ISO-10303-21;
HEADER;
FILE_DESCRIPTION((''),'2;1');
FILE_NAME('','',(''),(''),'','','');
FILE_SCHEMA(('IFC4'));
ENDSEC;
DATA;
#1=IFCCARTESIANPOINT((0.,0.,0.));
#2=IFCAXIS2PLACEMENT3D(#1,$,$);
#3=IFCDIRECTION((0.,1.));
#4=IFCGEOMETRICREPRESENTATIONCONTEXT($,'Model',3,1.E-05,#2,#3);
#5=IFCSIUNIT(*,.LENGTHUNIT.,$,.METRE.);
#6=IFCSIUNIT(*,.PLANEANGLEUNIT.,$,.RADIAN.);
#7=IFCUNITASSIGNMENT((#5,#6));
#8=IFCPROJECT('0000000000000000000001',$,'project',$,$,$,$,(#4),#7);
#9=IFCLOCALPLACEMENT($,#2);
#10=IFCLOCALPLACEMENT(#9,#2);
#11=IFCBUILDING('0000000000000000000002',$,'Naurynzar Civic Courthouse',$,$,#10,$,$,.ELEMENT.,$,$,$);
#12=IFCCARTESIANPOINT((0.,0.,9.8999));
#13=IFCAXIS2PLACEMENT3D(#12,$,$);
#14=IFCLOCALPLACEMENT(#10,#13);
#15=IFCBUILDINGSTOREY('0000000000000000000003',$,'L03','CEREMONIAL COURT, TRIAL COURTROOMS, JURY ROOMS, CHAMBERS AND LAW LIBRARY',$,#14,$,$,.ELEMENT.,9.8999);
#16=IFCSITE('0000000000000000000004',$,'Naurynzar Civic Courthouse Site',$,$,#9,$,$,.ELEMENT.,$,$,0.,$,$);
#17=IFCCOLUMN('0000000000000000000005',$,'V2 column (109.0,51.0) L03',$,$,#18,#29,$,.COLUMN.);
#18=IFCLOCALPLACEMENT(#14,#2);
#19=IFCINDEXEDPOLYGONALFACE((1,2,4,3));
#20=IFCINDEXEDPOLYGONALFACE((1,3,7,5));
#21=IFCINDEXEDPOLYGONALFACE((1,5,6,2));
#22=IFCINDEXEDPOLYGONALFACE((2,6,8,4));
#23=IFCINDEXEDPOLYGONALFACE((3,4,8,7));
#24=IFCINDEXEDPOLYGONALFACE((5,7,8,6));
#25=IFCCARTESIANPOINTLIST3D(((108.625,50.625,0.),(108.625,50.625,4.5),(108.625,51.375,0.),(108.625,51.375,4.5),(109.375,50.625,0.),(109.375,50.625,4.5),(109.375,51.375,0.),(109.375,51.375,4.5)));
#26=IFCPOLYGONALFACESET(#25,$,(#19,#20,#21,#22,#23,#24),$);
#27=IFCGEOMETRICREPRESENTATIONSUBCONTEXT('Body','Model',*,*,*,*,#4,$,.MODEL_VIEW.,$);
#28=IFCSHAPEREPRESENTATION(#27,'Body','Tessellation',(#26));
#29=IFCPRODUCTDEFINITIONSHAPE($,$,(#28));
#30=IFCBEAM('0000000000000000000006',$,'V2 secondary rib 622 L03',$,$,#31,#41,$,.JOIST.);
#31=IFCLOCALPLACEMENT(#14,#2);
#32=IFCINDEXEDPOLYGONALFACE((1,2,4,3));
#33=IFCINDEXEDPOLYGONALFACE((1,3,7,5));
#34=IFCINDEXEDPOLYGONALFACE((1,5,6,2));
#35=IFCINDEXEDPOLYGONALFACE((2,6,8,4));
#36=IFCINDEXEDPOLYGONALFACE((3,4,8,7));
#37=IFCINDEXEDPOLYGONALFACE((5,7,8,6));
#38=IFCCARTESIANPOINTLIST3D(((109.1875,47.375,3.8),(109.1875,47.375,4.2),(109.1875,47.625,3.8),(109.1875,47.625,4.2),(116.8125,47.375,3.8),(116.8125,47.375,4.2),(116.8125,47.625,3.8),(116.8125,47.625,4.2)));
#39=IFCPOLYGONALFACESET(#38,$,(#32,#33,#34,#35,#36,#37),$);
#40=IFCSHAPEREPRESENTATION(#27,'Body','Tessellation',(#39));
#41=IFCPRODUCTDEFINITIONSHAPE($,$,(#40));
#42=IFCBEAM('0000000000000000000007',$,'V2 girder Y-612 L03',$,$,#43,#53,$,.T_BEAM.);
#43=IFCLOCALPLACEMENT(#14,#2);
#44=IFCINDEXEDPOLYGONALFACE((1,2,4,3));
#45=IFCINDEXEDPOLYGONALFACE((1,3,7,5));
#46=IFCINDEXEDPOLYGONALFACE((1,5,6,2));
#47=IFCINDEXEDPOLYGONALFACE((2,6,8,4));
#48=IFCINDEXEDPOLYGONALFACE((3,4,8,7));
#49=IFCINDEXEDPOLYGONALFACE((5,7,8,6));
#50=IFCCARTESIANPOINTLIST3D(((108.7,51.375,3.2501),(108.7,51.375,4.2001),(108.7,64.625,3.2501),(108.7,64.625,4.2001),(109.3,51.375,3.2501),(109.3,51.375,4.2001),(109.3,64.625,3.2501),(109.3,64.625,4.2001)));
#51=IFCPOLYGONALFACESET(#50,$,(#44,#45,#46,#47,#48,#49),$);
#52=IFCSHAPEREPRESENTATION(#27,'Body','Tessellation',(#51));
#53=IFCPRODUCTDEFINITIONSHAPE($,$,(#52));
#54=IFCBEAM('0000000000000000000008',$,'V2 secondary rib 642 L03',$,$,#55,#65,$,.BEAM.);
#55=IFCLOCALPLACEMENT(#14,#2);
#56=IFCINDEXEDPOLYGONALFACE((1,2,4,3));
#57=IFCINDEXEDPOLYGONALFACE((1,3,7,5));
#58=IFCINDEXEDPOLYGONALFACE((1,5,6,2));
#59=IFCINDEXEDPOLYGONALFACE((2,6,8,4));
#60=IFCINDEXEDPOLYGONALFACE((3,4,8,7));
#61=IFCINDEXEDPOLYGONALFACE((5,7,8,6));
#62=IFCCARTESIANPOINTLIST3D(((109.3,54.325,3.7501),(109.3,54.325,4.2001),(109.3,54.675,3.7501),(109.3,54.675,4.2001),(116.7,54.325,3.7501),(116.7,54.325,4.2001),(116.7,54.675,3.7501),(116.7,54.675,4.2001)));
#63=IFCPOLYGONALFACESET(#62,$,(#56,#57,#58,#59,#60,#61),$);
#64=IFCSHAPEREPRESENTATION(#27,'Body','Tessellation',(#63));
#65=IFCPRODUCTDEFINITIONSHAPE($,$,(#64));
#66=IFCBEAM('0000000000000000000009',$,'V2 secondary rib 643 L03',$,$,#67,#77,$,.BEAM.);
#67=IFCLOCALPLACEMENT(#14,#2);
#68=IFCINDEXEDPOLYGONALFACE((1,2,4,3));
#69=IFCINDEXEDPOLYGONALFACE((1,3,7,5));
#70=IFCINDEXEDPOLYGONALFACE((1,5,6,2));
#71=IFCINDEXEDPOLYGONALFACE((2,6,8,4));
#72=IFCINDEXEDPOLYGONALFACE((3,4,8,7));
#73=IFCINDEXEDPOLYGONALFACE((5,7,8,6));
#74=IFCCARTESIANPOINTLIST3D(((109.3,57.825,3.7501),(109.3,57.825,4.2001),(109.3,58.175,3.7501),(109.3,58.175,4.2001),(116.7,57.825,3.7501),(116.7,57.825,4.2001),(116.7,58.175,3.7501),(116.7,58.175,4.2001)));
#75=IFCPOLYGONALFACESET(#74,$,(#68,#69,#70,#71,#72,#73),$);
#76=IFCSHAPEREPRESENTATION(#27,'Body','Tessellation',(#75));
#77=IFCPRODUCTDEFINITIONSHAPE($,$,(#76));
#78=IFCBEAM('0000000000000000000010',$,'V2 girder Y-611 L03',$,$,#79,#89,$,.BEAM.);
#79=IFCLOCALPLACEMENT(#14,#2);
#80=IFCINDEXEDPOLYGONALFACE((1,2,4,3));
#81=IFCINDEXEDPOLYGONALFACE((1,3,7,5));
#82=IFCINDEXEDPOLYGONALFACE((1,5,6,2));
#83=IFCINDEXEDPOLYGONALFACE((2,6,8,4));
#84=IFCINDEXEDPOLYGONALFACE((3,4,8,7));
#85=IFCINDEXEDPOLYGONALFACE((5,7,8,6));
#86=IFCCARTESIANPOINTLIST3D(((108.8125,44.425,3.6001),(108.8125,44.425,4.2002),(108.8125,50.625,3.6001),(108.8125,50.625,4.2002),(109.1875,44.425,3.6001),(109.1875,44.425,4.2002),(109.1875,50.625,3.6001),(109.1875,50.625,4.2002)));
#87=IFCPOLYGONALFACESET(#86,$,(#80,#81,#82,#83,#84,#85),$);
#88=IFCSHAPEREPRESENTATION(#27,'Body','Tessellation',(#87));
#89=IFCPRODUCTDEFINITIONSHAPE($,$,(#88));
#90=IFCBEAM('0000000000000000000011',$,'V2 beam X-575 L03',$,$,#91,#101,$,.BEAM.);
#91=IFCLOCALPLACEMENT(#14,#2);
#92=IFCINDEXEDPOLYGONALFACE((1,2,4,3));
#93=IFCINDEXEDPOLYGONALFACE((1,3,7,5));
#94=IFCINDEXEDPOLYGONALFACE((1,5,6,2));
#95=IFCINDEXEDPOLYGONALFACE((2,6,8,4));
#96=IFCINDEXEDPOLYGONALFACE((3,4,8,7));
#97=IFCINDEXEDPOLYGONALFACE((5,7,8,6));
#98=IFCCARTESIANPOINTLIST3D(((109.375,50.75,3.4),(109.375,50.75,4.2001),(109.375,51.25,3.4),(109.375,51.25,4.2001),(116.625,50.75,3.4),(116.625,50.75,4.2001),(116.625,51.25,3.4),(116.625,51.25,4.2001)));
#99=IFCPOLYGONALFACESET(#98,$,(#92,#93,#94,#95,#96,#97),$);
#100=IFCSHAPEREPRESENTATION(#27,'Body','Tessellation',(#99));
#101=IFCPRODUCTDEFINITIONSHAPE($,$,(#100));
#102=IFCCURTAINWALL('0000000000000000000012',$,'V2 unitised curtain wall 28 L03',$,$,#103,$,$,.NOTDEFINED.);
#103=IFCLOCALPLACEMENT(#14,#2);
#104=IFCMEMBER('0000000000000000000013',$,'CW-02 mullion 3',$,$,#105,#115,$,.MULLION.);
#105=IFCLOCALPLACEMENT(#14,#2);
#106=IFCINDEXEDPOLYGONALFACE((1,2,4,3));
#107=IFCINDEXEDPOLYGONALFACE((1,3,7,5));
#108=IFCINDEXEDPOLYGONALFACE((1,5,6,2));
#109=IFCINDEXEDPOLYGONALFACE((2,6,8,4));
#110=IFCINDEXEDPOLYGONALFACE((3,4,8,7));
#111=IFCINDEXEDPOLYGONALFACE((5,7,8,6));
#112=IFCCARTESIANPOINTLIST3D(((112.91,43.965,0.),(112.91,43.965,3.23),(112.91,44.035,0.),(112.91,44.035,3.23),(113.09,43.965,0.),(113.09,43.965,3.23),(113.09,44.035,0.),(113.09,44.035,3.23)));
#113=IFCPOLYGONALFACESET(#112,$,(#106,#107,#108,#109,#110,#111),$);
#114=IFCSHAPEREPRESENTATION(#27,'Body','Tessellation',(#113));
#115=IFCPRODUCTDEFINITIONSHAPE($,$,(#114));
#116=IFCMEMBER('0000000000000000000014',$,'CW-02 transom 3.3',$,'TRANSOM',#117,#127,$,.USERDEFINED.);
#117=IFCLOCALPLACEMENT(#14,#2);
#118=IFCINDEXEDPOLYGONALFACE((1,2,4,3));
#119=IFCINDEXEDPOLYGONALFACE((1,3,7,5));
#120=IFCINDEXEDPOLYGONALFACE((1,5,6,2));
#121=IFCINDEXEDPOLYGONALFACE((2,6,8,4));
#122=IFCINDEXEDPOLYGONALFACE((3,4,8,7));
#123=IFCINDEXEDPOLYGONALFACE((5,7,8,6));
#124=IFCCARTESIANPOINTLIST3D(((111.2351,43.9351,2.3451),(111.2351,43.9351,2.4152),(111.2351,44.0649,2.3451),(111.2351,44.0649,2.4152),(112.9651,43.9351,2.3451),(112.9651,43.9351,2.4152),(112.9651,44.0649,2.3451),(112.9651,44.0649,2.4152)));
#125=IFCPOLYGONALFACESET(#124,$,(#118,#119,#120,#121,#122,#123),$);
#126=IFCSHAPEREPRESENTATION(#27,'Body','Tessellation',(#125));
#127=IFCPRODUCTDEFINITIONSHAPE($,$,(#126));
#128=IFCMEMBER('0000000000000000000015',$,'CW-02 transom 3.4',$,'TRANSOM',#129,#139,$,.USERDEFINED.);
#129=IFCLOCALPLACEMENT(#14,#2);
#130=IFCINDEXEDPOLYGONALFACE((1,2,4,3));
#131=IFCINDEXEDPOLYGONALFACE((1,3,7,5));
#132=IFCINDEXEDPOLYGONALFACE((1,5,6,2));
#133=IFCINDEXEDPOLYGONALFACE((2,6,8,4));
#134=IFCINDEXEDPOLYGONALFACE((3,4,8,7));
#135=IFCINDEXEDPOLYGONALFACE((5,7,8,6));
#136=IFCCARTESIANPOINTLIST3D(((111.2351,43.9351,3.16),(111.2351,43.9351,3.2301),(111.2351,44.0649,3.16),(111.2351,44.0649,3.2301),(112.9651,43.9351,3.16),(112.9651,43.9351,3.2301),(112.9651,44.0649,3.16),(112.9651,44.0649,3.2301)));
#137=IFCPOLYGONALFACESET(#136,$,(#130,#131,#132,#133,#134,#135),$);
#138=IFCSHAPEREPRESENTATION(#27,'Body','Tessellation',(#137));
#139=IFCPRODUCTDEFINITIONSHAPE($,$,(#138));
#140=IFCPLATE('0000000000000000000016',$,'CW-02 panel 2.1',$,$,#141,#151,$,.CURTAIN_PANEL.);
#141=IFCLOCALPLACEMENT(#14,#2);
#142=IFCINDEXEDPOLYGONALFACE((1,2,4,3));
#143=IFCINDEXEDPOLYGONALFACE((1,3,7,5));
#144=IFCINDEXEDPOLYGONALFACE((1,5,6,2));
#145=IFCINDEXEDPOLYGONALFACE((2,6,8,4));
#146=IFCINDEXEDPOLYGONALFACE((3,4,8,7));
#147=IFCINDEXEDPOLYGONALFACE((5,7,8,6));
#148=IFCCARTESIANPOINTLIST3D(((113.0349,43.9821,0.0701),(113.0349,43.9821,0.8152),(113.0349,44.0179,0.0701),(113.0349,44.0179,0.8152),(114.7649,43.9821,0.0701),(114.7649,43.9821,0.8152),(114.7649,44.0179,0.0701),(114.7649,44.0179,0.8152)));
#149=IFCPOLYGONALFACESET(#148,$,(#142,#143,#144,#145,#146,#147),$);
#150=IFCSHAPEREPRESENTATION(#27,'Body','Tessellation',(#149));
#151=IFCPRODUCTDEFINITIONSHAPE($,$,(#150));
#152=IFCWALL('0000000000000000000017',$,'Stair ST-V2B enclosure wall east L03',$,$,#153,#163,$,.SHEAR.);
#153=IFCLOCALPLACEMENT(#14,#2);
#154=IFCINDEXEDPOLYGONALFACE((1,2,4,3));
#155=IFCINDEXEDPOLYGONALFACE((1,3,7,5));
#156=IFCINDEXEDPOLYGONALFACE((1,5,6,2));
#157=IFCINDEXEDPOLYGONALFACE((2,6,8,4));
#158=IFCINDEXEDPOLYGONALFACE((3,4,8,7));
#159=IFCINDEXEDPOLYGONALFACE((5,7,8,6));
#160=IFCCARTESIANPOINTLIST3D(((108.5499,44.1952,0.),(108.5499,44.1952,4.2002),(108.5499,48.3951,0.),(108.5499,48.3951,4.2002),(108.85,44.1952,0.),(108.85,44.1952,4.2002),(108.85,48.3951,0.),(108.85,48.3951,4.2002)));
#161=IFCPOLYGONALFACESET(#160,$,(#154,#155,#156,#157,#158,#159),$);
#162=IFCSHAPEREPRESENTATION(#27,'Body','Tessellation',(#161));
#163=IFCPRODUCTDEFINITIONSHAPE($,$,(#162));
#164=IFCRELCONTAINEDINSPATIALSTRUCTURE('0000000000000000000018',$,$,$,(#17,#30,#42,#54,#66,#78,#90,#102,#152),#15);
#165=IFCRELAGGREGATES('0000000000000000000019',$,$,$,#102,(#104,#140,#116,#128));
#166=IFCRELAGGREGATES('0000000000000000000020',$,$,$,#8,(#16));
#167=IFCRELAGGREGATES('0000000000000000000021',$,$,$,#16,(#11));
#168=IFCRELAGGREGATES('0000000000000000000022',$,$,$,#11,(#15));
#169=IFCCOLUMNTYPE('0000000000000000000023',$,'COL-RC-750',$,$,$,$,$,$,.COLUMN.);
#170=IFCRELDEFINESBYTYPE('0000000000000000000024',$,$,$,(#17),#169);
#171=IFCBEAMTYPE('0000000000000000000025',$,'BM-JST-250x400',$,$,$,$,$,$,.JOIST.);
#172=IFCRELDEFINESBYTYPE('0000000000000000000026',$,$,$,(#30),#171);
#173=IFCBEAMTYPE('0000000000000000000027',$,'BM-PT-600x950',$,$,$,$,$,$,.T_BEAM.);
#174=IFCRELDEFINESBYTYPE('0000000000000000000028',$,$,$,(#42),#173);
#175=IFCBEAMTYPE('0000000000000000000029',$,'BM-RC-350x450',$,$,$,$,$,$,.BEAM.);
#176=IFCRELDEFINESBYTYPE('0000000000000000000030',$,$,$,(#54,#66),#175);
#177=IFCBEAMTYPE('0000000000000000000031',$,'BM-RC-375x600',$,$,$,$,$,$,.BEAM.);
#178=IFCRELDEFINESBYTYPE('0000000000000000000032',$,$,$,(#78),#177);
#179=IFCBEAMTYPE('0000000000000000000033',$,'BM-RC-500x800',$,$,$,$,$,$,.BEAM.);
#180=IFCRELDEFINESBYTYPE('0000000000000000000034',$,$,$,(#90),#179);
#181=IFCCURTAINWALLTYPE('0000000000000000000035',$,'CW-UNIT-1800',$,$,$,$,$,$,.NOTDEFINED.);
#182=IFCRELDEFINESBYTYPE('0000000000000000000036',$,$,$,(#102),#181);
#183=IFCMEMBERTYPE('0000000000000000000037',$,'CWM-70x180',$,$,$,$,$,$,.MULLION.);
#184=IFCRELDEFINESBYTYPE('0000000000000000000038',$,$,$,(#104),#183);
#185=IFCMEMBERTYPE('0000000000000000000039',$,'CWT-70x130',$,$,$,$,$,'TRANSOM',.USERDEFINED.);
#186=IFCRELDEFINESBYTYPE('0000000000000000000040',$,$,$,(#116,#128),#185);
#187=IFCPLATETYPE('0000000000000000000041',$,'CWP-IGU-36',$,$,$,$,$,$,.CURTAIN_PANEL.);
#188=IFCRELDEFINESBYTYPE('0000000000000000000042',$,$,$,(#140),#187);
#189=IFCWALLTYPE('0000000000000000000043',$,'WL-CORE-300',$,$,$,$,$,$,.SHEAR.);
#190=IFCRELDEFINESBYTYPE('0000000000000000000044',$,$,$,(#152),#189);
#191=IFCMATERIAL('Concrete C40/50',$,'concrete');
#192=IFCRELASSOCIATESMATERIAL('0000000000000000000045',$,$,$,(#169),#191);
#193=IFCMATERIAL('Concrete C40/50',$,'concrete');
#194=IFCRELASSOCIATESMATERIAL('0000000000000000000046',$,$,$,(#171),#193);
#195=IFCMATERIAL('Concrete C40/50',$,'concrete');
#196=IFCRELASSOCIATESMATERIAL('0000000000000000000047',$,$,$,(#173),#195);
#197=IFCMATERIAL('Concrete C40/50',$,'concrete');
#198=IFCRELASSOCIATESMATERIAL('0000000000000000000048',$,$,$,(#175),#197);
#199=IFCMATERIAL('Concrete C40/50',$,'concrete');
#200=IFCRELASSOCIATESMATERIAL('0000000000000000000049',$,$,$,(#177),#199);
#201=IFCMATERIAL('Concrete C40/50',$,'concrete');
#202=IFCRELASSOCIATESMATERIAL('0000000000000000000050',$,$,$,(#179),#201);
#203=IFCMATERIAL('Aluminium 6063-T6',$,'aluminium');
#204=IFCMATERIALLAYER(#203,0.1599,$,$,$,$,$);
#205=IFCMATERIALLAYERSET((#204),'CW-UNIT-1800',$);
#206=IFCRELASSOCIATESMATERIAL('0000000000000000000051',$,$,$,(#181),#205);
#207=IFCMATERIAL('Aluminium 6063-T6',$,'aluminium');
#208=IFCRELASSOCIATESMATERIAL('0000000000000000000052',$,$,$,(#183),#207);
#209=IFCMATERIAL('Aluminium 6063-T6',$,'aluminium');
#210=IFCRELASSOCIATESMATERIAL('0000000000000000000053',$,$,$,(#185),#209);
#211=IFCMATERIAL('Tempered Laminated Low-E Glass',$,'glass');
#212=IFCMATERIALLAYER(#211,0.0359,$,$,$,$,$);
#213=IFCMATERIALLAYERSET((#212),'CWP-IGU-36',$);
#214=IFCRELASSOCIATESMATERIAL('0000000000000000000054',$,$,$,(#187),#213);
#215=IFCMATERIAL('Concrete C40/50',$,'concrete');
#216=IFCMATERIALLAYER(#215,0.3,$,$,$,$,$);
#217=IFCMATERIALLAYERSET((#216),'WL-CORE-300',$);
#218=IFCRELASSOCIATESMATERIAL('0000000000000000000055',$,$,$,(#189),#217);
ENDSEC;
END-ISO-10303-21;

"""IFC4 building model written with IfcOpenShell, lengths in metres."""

from ifc_helpers import new_model, si_unit, direction, frame, frame_2d, origin, origin_2d, place, context, subcontext, project, spatial, rectangle, extrude, material, layer, layer_set, material_profile, profile_set, type_object, element, aggregate, save


model = new_model("IFC4")

# Units and contexts
model_context = context("Model", 3, precision=1e-05, world=origin(), true_north=direction((0.0, 1.0)))
body_context = subcontext(model_context, "Body", "Model", "MODEL_VIEW")
ifc_project = project(units=[si_unit("LENGTHUNIT", "METRE"), si_unit("PLANEANGLEUNIT", "RADIAN")], contexts=[model_context])

# Site, building, storey
site_placement = place(None, origin())
site = spatial("IfcSite", under=ifc_project, at=site_placement, Name="Naurynzar Civic Courthouse Site", CompositionType="ELEMENT", RefElevation=0.0)
building_placement = place(site_placement, origin())
building = spatial("IfcBuilding", under=site, at=building_placement, Name="Naurynzar Civic Courthouse", CompositionType="ELEMENT")
storey_placement = place(building_placement, frame((0.0, 0.0, 9.8999)))
storey = spatial("IfcBuildingStorey", under=building, at=storey_placement, Name="L03", Description="CEREMONIAL COURT, TRIAL COURTROOMS, JURY ROOMS, CHAMBERS AND LAW LIBRARY", CompositionType="ELEMENT", Elevation=9.8999)

# Column
ifc_material_1 = material(Name="Concrete C40/50", Category="concrete")
ifc_material_profile_1 = material_profile(ifc_material_1, rectangle(XDim=0.75, YDim=0.75, at=origin_2d()), Name="RC 750x750")
ifc_profile_set_1 = profile_set([ifc_material_profile_1], Name="Concrete C40/50")
column_type = type_object("IfcColumnType", Name="COL-RC-750", PredefinedType="COLUMN", material=ifc_profile_set_1)
column_placement = place(storey_placement, frame((109.0, 51.0, 0.0), z_axis=(0.0, 0.0, 1.0), x_axis=(1.0, 0.0, 0.0)))
element("IfcColumn", 1, at=column_placement, inside=storey, type_object=column_type, Name="V2 column (109.0,51.0) L03", PredefinedType="COLUMN", context=body_context, shape_type="SweptSolid", body=[
    extrude(rectangle(XDim=0.75, YDim=0.75, at=origin_2d()), origin(), (0.0, 0.0, 1.0), 4.5),
])

# Beams
ifc_material_2 = material(Name="Concrete C40/50", Category="concrete")
ifc_material_profile_2 = material_profile(ifc_material_2, rectangle(XDim=0.25, YDim=0.3999, at=origin_2d()), Name="RCB 250x400")
ifc_profile_set_2 = profile_set([ifc_material_profile_2], Name="Concrete C40/50")
beam_type_1 = type_object("IfcBeamType", Name="BM-JST-250x400", PredefinedType="JOIST", material=ifc_profile_set_2)
beam_1_placement = place(storey_placement, frame((109.1875, 47.5, 4.0), z_axis=(1.0, 0.0, 0.0), x_axis=(0.0, 1.0, 0.0)))
element("IfcBeam", 2, at=beam_1_placement, inside=storey, type_object=beam_type_1, Name="V2 secondary rib 622 L03", PredefinedType="JOIST", context=body_context, shape_type="SweptSolid", body=[
    extrude(rectangle(XDim=0.25, YDim=0.3999, at=origin_2d()), origin(), (0.0, 0.0, 1.0), 7.625),
])
ifc_material_3 = material(Name="Concrete C40/50", Category="concrete")
ifc_material_profile_3 = material_profile(ifc_material_3, rectangle(XDim=0.6001, YDim=0.95, at=origin_2d()), Name="PTB 600x950")
ifc_profile_set_3 = profile_set([ifc_material_profile_3], Name="Concrete C40/50")
beam_type_2 = type_object("IfcBeamType", Name="BM-PT-600x950", PredefinedType="T_BEAM", material=ifc_profile_set_3)
beam_2_placement = place(storey_placement, frame((109.0, 51.375, 3.7251), z_axis=(0.0, 1.0, 0.0), x_axis=(-1.0, 0.0, 0.0)))
element("IfcBeam", 3, at=beam_2_placement, inside=storey, type_object=beam_type_2, Name="V2 girder Y-612 L03", PredefinedType="T_BEAM", context=body_context, shape_type="SweptSolid", body=[
    extrude(rectangle(XDim=0.6001, YDim=0.95, at=origin_2d()), origin(), (0.0, 0.0, 1.0), 13.25),
])
ifc_material_4 = material(Name="Concrete C40/50", Category="concrete")
ifc_material_profile_4 = material_profile(ifc_material_4, rectangle(XDim=0.3501, YDim=0.45, at=origin_2d()), Name="RCB 350x450")
ifc_profile_set_4 = profile_set([ifc_material_profile_4], Name="Concrete C40/50")
beam_type_3 = type_object("IfcBeamType", Name="BM-RC-350x450", PredefinedType="BEAM", material=ifc_profile_set_4)
for number, where, z_axis, x_axis, name in (
    (4, (109.3, 54.5, 3.9751), (1.0, 0.0, 0.0), (0.0, 1.0, 0.0), "V2 secondary rib 642 L03"),
    (5, (109.3, 58.0, 3.9751), (1.0, 0.0, 0.0), (0.0, 1.0, 0.0), "V2 secondary rib 643 L03"),
):
    element("IfcBeam", number, at=place(storey_placement, frame(where, z_axis=z_axis, x_axis=x_axis)), inside=storey, type_object=beam_type_3, Name=name, PredefinedType="BEAM", context=body_context, shape_type="SweptSolid", body=[
        extrude(rectangle(XDim=0.3501, YDim=0.45, at=origin_2d()), origin(), (0.0, 0.0, 1.0), 7.3999),
    ])
ifc_material_5 = material(Name="Concrete C40/50", Category="concrete")
ifc_material_profile_5 = material_profile(ifc_material_5, rectangle(XDim=0.375, YDim=0.6001, at=origin_2d()), Name="RCB 375x600")
ifc_profile_set_5 = profile_set([ifc_material_profile_5], Name="Concrete C40/50")
beam_type_4 = type_object("IfcBeamType", Name="BM-RC-375x600", PredefinedType="BEAM", material=ifc_profile_set_5)
beam_3_placement = place(storey_placement, frame((109.0, 44.425, 3.9001), z_axis=(0.0, 1.0, 0.0), x_axis=(-1.0, 0.0, 0.0)))
element("IfcBeam", 6, at=beam_3_placement, inside=storey, type_object=beam_type_4, Name="V2 girder Y-611 L03", PredefinedType="BEAM", context=body_context, shape_type="SweptSolid", body=[
    extrude(rectangle(XDim=0.375, YDim=0.6001, at=origin_2d()), origin(), (0.0, 0.0, 1.0), 6.2),
])
ifc_material_6 = material(Name="Concrete C40/50", Category="concrete")
ifc_material_profile_6 = material_profile(ifc_material_6, rectangle(XDim=0.5, YDim=0.8, at=origin_2d()), Name="RCB 500x800")
ifc_profile_set_6 = profile_set([ifc_material_profile_6], Name="Concrete C40/50")
beam_type_5 = type_object("IfcBeamType", Name="BM-RC-500x800", PredefinedType="BEAM", material=ifc_profile_set_6)
beam_4_placement = place(storey_placement, frame((109.375, 51.0, 3.8), z_axis=(1.0, 0.0, 0.0), x_axis=(0.0, 1.0, 0.0)))
element("IfcBeam", 7, at=beam_4_placement, inside=storey, type_object=beam_type_5, Name="V2 beam X-575 L03", PredefinedType="BEAM", context=body_context, shape_type="SweptSolid", body=[
    extrude(rectangle(XDim=0.5, YDim=0.8, at=origin_2d()), origin(), (0.0, 0.0, 1.0), 7.25),
])

# Curtain wall, members, plate
ifc_material_7 = material(Name="Aluminium 6063-T6", Category="aluminium")
ifc_layer_1 = layer(ifc_material_7, 0.1599)
ifc_layer_set_1 = layer_set([ifc_layer_1], Name="CW-UNIT-1800")
curtain_wall_type = type_object("IfcCurtainWallType", Name="CW-UNIT-1800", PredefinedType="NOTDEFINED", material=ifc_layer_set_1)
curtain_wall_placement = place(storey_placement, origin())
curtain_wall = element("IfcCurtainWall", 8, at=curtain_wall_placement, inside=storey, type_object=curtain_wall_type, Name="V2 unitised curtain wall 28 L03", PredefinedType="NOTDEFINED")
ifc_material_8 = material(Name="Aluminium 6063-T6", Category="aluminium")
ifc_material_profile_7 = material_profile(ifc_material_8, rectangle(XDim=0.0701, YDim=0.1799, at=origin_2d()), Name="ALU MULLION 70x180")
ifc_profile_set_7 = profile_set([ifc_material_profile_7], Name="Aluminium 6063-T6")
member_type_1 = type_object("IfcMemberType", Name="CWM-70x180", PredefinedType="MULLION", material=ifc_profile_set_7)
member_1_placement = place(storey_placement, frame((113.0, 44.0, 0.0), z_axis=(0.0, 0.0, 1.0), x_axis=(0.0, -1.0, 0.0)))
member_1 = element("IfcMember", 9, at=member_1_placement, type_object=member_type_1, Name="CW-02 mullion 3", PredefinedType="MULLION", context=body_context, shape_type="SweptSolid", body=[
    extrude(rectangle(XDim=0.0701, YDim=0.1799, at=origin_2d()), origin(), (0.0, 0.0, 1.0), 3.23),
])
ifc_material_9 = material(Name="Aluminium 6063-T6", Category="aluminium")
ifc_material_profile_8 = material_profile(ifc_material_9, rectangle(XDim=0.1299, YDim=0.0701, at=origin_2d()), Name="ALU TRANSOM 70x130")
ifc_profile_set_8 = profile_set([ifc_material_profile_8], Name="Aluminium 6063-T6")
member_type_2 = type_object("IfcMemberType", Name="CWT-70x130", ElementType="TRANSOM", PredefinedType="USERDEFINED", material=ifc_profile_set_8)
member_2_placement = place(storey_placement, frame((112.9651, 44.0, 2.3801), z_axis=(-1.0, 0.0, 0.0), x_axis=(0.0, -1.0, 0.0)))
member_2 = element("IfcMember", 10, at=member_2_placement, type_object=member_type_2, Name="CW-02 transom 3.3", ObjectType="TRANSOM", PredefinedType="USERDEFINED", context=body_context, shape_type="SweptSolid", body=[
    extrude(rectangle(XDim=0.1299, YDim=0.0701, at=origin_2d()), origin(), (0.0, 0.0, 1.0), 1.73),
])
member_3_placement = place(storey_placement, frame((112.9651, 44.0, 3.1951), z_axis=(-1.0, 0.0, 0.0), x_axis=(0.0, -1.0, 0.0)))
member_3 = element("IfcMember", 11, at=member_3_placement, type_object=member_type_2, Name="CW-02 transom 3.4", ObjectType="TRANSOM", PredefinedType="USERDEFINED", context=body_context, shape_type="SweptSolid", body=[
    extrude(rectangle(XDim=0.1299, YDim=0.0701, at=origin_2d()), origin(), (0.0, 0.0, 1.0), 1.73),
])
ifc_material_10 = material(Name="Tempered Laminated Low-E Glass", Category="glass")
ifc_layer_2 = layer(ifc_material_10, 0.0359)
ifc_layer_set_2 = layer_set([ifc_layer_2], Name="CWP-IGU-36")
plate_type = type_object("IfcPlateType", Name="CWP-IGU-36", PredefinedType="CURTAIN_PANEL", material=ifc_layer_set_2)
plate_placement = place(storey_placement, frame((113.8999, 44.0, 0.0701), z_axis=(0.0, 0.0, 1.0), x_axis=(-1.0, 0.0, 0.0)))
plate = element("IfcPlate", 12, at=plate_placement, type_object=plate_type, Name="CW-02 panel 2.1", PredefinedType="CURTAIN_PANEL", context=body_context, shape_type="SweptSolid", body=[
    extrude(rectangle(XDim=1.73, YDim=0.0359, at=origin_2d()), origin(), (0.0, 0.0, 1.0), 0.7451),
])
aggregate(curtain_wall, [member_1, plate, member_2, member_3])

# Shared definitions
ifc_material_11 = material(Name="Concrete C40/50", Category="concrete")
ifc_layer_3 = layer(ifc_material_11, 0.3)
ifc_layer_set_3 = layer_set([ifc_layer_3], Name="WL-CORE-300")
wall_type_1 = type_object("IfcWallType", Name="WL-CORE-300", PredefinedType="SHEAR", material=ifc_layer_set_3)

# Wall
wall_1_placement = place(storey_placement, frame((108.7, 44.1951, 0.0), z_axis=(0.0, 0.0, 1.0), x_axis=(0.0, 1.0, 0.0)))
element("IfcWall", 13, at=wall_1_placement, inside=storey, type_object=wall_type_1, Name="Stair ST-V2B enclosure wall east L03", PredefinedType="SHEAR", context=body_context, shape_type="SweptSolid", body=[
    extrude(rectangle(XDim=4.2, YDim=0.3, at=frame_2d((2.1001, 0.0))), origin(), (0.0, 0.0, 1.0), 4.2002),
])

save(model, "model.ifc")
